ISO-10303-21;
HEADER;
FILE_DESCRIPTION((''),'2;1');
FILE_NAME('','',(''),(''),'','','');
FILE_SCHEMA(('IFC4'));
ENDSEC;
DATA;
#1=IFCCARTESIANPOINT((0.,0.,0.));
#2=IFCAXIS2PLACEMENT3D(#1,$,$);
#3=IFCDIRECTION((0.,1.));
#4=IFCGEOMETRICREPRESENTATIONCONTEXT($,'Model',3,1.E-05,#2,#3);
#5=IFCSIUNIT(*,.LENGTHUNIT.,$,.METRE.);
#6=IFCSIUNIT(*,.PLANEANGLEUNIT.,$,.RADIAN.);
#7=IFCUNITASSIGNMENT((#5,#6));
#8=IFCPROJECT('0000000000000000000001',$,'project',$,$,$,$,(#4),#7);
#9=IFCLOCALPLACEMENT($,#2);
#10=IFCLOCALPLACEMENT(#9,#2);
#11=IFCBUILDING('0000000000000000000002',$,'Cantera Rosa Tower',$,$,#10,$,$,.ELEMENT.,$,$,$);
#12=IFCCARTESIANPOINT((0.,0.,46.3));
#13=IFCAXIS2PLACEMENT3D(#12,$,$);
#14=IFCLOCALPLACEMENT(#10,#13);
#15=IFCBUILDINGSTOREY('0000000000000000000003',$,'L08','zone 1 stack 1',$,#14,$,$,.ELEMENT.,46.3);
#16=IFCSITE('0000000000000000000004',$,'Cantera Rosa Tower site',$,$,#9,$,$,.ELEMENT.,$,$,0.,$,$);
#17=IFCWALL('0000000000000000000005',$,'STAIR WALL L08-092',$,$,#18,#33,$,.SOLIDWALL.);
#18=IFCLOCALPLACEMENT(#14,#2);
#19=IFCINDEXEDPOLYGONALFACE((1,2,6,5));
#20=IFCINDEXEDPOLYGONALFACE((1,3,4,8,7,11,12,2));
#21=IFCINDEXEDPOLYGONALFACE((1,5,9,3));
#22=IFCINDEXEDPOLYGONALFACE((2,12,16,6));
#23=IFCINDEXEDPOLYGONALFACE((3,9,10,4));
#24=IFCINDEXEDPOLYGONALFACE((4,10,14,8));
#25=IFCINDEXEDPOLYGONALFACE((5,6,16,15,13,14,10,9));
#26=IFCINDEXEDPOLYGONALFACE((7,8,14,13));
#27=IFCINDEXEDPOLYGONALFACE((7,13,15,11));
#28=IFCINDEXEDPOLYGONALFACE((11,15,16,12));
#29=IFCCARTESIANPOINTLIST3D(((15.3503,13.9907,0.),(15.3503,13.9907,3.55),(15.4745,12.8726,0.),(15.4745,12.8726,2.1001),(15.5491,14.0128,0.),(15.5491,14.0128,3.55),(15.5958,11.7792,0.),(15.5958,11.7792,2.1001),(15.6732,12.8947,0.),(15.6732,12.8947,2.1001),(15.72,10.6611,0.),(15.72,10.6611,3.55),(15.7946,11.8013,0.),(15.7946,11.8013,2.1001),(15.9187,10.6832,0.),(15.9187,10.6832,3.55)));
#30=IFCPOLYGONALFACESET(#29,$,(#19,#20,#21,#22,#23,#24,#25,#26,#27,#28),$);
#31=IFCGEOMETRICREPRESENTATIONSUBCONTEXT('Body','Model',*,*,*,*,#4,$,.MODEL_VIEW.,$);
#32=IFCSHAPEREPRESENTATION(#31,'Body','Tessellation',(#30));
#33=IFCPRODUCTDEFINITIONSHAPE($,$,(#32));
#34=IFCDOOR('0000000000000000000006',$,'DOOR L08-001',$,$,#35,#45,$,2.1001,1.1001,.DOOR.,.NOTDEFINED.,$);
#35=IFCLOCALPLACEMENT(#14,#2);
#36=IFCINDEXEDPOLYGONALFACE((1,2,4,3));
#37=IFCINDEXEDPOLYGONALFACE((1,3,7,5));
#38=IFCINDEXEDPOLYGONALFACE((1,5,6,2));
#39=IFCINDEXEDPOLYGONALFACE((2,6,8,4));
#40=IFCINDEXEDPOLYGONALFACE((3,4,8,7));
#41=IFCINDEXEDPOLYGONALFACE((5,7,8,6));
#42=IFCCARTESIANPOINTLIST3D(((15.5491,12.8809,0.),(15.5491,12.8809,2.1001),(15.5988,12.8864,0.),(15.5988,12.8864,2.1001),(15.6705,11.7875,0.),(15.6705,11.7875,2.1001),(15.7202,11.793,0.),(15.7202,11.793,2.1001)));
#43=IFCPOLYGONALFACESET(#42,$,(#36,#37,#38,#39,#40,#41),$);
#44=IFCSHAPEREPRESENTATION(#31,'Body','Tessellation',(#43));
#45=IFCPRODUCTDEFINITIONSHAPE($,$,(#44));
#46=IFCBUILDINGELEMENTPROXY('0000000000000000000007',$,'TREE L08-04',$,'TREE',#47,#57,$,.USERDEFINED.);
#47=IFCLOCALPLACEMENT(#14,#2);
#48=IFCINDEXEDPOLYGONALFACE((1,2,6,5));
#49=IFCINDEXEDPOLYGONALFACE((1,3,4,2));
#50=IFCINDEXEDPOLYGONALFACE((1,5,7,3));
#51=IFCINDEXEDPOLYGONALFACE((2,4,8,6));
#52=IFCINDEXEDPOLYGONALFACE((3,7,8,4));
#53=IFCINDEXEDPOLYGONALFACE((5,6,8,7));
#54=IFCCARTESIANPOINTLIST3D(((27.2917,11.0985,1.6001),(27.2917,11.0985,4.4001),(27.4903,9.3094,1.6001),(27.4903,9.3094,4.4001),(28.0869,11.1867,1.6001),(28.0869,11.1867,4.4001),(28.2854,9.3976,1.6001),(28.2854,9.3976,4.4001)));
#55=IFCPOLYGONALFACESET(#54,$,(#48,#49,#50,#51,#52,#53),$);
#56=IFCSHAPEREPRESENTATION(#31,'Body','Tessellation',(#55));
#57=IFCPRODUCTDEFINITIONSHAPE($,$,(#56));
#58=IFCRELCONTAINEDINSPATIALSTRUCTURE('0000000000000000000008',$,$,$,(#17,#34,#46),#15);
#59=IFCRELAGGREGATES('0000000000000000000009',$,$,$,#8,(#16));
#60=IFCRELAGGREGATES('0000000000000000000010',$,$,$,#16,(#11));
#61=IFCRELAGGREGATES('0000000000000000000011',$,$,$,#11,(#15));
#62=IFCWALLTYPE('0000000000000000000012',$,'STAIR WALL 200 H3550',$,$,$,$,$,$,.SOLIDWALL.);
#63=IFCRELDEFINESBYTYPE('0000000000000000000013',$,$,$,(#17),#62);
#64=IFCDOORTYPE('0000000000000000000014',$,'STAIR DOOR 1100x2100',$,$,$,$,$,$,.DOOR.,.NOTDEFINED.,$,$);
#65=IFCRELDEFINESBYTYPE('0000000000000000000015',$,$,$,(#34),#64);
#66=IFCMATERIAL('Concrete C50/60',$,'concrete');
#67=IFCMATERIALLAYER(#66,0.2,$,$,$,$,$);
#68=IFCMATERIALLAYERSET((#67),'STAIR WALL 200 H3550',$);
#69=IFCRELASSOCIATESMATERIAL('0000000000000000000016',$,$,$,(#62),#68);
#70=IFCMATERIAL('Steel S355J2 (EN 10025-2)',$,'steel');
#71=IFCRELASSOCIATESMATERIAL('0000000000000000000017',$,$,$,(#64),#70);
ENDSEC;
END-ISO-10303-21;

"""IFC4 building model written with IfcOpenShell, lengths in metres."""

from ifc_helpers import new_model, si_unit, direction, frame, frame_2d, origin, origin_2d, place, context, subcontext, project, spatial, rectangle, extrude, material, layer, layer_set, type_object, element, fill, save


model = new_model("IFC4")

# Units and contexts
model_context = context("Model", 3, precision=1e-05, world=origin(), true_north=direction((0.0, 1.0)))
body_context = subcontext(model_context, "Body", "Model", "MODEL_VIEW")
ifc_project = project(units=[si_unit("LENGTHUNIT", "METRE"), si_unit("PLANEANGLEUNIT", "RADIAN")], contexts=[model_context])

# Site, building, storey
site_placement = place(None, origin())
site = spatial("IfcSite", under=ifc_project, at=site_placement, Name="Cantera Rosa Tower site", CompositionType="ELEMENT", RefElevation=0.0)
building_placement = place(site_placement, origin())
building = spatial("IfcBuilding", under=site, at=building_placement, Name="Cantera Rosa Tower", CompositionType="ELEMENT")
storey_placement = place(building_placement, frame((0.0, 0.0, 46.3)))
storey = spatial("IfcBuildingStorey", under=building, at=storey_placement, Name="L08", Description="zone 1 stack 1", CompositionType="ELEMENT", Elevation=46.3)

# Wall, opening, door
ifc_material_1 = material(Name="Concrete C50/60", Category="concrete")
ifc_layer_1 = layer(ifc_material_1, 0.2)
ifc_layer_set_1 = layer_set([ifc_layer_1], Name="STAIR WALL 200 H3550")
wall_type_1 = type_object("IfcWallType", Name="STAIR WALL 200 H3550", PredefinedType="SOLIDWALL", material=ifc_layer_set_1)
wall_1_placement = place(storey_placement, frame((15.8193, 10.6721, 0.0), z_axis=(0.0, 0.0, 1.0), x_axis=(-0.110336, 0.993894, 0.0)))
wall_1 = element("IfcWall", 1, at=wall_1_placement, inside=storey, type_object=wall_type_1, Name="STAIR WALL L08-092", PredefinedType="SOLIDWALL", context=body_context, shape_type="SweptSolid", body=[
    extrude(rectangle(XDim=3.3501, YDim=0.2, at=frame_2d((1.675, 0.0))), origin(), (0.0, 0.0, 1.0), 3.55),
])
opening_1_placement = place(wall_1_placement, frame((1.125, 0.0, 0.0)))
opening_1 = element("IfcOpeningElement", 2, at=opening_1_placement, cuts=wall_1, PredefinedType="OPENING", context=body_context, shape_type="SweptSolid", body=[
    extrude(rectangle(XDim=1.1001, YDim=2.1001, at=frame_2d((0.55, 1.05))), frame((0.0, 0.1099, 0.0), z_axis=(0.0, -1.0, 0.0), x_axis=(1.0, 0.0, 0.0)), (0.0, 0.0, 1.0), 0.22),
])
ifc_material_2 = material(Name="Steel S355J2 (EN 10025-2)", Category="steel")
door_type_1 = type_object("IfcDoorType", Name="STAIR DOOR 1100x2100", OperationType="NOTDEFINED", PredefinedType="DOOR", material=ifc_material_2)
door_1_placement = place(opening_1_placement, origin())
door_1 = element("IfcDoor", 3, at=door_1_placement, inside=storey, type_object=door_type_1, Name="DOOR L08-001", OperationType="NOTDEFINED", OverallHeight=2.1001, OverallWidth=1.1001, PredefinedType="DOOR", context=body_context, shape_type="SweptSolid", body=[
    extrude(rectangle(XDim=1.1001, YDim=2.1001, at=frame_2d((0.55, 1.05))), frame((0.0, 0.0249, 0.0), z_axis=(0.0, -1.0, 0.0), x_axis=(1.0, 0.0, 0.0)), (0.0, 0.0, 1.0), 0.05),
])
fill(opening_1, door_1)

# Building element proxy
proxy_placement = place(storey_placement, frame((27.7886, 10.248, 1.6001), z_axis=(0.0, 0.0, 1.0), x_axis=(-0.110313, 0.993897, 0.0)))
element("IfcBuildingElementProxy", 4, at=proxy_placement, inside=storey, Name="TREE L08-04", ObjectType="TREE", PredefinedType="USERDEFINED", context=body_context, shape_type="SweptSolid", body=[
    extrude(rectangle(XDim=1.8, YDim=0.8, at=origin_2d()), origin(), (0.0, 0.0, 1.0), 2.8),
])

save(model, "model.ifc")
